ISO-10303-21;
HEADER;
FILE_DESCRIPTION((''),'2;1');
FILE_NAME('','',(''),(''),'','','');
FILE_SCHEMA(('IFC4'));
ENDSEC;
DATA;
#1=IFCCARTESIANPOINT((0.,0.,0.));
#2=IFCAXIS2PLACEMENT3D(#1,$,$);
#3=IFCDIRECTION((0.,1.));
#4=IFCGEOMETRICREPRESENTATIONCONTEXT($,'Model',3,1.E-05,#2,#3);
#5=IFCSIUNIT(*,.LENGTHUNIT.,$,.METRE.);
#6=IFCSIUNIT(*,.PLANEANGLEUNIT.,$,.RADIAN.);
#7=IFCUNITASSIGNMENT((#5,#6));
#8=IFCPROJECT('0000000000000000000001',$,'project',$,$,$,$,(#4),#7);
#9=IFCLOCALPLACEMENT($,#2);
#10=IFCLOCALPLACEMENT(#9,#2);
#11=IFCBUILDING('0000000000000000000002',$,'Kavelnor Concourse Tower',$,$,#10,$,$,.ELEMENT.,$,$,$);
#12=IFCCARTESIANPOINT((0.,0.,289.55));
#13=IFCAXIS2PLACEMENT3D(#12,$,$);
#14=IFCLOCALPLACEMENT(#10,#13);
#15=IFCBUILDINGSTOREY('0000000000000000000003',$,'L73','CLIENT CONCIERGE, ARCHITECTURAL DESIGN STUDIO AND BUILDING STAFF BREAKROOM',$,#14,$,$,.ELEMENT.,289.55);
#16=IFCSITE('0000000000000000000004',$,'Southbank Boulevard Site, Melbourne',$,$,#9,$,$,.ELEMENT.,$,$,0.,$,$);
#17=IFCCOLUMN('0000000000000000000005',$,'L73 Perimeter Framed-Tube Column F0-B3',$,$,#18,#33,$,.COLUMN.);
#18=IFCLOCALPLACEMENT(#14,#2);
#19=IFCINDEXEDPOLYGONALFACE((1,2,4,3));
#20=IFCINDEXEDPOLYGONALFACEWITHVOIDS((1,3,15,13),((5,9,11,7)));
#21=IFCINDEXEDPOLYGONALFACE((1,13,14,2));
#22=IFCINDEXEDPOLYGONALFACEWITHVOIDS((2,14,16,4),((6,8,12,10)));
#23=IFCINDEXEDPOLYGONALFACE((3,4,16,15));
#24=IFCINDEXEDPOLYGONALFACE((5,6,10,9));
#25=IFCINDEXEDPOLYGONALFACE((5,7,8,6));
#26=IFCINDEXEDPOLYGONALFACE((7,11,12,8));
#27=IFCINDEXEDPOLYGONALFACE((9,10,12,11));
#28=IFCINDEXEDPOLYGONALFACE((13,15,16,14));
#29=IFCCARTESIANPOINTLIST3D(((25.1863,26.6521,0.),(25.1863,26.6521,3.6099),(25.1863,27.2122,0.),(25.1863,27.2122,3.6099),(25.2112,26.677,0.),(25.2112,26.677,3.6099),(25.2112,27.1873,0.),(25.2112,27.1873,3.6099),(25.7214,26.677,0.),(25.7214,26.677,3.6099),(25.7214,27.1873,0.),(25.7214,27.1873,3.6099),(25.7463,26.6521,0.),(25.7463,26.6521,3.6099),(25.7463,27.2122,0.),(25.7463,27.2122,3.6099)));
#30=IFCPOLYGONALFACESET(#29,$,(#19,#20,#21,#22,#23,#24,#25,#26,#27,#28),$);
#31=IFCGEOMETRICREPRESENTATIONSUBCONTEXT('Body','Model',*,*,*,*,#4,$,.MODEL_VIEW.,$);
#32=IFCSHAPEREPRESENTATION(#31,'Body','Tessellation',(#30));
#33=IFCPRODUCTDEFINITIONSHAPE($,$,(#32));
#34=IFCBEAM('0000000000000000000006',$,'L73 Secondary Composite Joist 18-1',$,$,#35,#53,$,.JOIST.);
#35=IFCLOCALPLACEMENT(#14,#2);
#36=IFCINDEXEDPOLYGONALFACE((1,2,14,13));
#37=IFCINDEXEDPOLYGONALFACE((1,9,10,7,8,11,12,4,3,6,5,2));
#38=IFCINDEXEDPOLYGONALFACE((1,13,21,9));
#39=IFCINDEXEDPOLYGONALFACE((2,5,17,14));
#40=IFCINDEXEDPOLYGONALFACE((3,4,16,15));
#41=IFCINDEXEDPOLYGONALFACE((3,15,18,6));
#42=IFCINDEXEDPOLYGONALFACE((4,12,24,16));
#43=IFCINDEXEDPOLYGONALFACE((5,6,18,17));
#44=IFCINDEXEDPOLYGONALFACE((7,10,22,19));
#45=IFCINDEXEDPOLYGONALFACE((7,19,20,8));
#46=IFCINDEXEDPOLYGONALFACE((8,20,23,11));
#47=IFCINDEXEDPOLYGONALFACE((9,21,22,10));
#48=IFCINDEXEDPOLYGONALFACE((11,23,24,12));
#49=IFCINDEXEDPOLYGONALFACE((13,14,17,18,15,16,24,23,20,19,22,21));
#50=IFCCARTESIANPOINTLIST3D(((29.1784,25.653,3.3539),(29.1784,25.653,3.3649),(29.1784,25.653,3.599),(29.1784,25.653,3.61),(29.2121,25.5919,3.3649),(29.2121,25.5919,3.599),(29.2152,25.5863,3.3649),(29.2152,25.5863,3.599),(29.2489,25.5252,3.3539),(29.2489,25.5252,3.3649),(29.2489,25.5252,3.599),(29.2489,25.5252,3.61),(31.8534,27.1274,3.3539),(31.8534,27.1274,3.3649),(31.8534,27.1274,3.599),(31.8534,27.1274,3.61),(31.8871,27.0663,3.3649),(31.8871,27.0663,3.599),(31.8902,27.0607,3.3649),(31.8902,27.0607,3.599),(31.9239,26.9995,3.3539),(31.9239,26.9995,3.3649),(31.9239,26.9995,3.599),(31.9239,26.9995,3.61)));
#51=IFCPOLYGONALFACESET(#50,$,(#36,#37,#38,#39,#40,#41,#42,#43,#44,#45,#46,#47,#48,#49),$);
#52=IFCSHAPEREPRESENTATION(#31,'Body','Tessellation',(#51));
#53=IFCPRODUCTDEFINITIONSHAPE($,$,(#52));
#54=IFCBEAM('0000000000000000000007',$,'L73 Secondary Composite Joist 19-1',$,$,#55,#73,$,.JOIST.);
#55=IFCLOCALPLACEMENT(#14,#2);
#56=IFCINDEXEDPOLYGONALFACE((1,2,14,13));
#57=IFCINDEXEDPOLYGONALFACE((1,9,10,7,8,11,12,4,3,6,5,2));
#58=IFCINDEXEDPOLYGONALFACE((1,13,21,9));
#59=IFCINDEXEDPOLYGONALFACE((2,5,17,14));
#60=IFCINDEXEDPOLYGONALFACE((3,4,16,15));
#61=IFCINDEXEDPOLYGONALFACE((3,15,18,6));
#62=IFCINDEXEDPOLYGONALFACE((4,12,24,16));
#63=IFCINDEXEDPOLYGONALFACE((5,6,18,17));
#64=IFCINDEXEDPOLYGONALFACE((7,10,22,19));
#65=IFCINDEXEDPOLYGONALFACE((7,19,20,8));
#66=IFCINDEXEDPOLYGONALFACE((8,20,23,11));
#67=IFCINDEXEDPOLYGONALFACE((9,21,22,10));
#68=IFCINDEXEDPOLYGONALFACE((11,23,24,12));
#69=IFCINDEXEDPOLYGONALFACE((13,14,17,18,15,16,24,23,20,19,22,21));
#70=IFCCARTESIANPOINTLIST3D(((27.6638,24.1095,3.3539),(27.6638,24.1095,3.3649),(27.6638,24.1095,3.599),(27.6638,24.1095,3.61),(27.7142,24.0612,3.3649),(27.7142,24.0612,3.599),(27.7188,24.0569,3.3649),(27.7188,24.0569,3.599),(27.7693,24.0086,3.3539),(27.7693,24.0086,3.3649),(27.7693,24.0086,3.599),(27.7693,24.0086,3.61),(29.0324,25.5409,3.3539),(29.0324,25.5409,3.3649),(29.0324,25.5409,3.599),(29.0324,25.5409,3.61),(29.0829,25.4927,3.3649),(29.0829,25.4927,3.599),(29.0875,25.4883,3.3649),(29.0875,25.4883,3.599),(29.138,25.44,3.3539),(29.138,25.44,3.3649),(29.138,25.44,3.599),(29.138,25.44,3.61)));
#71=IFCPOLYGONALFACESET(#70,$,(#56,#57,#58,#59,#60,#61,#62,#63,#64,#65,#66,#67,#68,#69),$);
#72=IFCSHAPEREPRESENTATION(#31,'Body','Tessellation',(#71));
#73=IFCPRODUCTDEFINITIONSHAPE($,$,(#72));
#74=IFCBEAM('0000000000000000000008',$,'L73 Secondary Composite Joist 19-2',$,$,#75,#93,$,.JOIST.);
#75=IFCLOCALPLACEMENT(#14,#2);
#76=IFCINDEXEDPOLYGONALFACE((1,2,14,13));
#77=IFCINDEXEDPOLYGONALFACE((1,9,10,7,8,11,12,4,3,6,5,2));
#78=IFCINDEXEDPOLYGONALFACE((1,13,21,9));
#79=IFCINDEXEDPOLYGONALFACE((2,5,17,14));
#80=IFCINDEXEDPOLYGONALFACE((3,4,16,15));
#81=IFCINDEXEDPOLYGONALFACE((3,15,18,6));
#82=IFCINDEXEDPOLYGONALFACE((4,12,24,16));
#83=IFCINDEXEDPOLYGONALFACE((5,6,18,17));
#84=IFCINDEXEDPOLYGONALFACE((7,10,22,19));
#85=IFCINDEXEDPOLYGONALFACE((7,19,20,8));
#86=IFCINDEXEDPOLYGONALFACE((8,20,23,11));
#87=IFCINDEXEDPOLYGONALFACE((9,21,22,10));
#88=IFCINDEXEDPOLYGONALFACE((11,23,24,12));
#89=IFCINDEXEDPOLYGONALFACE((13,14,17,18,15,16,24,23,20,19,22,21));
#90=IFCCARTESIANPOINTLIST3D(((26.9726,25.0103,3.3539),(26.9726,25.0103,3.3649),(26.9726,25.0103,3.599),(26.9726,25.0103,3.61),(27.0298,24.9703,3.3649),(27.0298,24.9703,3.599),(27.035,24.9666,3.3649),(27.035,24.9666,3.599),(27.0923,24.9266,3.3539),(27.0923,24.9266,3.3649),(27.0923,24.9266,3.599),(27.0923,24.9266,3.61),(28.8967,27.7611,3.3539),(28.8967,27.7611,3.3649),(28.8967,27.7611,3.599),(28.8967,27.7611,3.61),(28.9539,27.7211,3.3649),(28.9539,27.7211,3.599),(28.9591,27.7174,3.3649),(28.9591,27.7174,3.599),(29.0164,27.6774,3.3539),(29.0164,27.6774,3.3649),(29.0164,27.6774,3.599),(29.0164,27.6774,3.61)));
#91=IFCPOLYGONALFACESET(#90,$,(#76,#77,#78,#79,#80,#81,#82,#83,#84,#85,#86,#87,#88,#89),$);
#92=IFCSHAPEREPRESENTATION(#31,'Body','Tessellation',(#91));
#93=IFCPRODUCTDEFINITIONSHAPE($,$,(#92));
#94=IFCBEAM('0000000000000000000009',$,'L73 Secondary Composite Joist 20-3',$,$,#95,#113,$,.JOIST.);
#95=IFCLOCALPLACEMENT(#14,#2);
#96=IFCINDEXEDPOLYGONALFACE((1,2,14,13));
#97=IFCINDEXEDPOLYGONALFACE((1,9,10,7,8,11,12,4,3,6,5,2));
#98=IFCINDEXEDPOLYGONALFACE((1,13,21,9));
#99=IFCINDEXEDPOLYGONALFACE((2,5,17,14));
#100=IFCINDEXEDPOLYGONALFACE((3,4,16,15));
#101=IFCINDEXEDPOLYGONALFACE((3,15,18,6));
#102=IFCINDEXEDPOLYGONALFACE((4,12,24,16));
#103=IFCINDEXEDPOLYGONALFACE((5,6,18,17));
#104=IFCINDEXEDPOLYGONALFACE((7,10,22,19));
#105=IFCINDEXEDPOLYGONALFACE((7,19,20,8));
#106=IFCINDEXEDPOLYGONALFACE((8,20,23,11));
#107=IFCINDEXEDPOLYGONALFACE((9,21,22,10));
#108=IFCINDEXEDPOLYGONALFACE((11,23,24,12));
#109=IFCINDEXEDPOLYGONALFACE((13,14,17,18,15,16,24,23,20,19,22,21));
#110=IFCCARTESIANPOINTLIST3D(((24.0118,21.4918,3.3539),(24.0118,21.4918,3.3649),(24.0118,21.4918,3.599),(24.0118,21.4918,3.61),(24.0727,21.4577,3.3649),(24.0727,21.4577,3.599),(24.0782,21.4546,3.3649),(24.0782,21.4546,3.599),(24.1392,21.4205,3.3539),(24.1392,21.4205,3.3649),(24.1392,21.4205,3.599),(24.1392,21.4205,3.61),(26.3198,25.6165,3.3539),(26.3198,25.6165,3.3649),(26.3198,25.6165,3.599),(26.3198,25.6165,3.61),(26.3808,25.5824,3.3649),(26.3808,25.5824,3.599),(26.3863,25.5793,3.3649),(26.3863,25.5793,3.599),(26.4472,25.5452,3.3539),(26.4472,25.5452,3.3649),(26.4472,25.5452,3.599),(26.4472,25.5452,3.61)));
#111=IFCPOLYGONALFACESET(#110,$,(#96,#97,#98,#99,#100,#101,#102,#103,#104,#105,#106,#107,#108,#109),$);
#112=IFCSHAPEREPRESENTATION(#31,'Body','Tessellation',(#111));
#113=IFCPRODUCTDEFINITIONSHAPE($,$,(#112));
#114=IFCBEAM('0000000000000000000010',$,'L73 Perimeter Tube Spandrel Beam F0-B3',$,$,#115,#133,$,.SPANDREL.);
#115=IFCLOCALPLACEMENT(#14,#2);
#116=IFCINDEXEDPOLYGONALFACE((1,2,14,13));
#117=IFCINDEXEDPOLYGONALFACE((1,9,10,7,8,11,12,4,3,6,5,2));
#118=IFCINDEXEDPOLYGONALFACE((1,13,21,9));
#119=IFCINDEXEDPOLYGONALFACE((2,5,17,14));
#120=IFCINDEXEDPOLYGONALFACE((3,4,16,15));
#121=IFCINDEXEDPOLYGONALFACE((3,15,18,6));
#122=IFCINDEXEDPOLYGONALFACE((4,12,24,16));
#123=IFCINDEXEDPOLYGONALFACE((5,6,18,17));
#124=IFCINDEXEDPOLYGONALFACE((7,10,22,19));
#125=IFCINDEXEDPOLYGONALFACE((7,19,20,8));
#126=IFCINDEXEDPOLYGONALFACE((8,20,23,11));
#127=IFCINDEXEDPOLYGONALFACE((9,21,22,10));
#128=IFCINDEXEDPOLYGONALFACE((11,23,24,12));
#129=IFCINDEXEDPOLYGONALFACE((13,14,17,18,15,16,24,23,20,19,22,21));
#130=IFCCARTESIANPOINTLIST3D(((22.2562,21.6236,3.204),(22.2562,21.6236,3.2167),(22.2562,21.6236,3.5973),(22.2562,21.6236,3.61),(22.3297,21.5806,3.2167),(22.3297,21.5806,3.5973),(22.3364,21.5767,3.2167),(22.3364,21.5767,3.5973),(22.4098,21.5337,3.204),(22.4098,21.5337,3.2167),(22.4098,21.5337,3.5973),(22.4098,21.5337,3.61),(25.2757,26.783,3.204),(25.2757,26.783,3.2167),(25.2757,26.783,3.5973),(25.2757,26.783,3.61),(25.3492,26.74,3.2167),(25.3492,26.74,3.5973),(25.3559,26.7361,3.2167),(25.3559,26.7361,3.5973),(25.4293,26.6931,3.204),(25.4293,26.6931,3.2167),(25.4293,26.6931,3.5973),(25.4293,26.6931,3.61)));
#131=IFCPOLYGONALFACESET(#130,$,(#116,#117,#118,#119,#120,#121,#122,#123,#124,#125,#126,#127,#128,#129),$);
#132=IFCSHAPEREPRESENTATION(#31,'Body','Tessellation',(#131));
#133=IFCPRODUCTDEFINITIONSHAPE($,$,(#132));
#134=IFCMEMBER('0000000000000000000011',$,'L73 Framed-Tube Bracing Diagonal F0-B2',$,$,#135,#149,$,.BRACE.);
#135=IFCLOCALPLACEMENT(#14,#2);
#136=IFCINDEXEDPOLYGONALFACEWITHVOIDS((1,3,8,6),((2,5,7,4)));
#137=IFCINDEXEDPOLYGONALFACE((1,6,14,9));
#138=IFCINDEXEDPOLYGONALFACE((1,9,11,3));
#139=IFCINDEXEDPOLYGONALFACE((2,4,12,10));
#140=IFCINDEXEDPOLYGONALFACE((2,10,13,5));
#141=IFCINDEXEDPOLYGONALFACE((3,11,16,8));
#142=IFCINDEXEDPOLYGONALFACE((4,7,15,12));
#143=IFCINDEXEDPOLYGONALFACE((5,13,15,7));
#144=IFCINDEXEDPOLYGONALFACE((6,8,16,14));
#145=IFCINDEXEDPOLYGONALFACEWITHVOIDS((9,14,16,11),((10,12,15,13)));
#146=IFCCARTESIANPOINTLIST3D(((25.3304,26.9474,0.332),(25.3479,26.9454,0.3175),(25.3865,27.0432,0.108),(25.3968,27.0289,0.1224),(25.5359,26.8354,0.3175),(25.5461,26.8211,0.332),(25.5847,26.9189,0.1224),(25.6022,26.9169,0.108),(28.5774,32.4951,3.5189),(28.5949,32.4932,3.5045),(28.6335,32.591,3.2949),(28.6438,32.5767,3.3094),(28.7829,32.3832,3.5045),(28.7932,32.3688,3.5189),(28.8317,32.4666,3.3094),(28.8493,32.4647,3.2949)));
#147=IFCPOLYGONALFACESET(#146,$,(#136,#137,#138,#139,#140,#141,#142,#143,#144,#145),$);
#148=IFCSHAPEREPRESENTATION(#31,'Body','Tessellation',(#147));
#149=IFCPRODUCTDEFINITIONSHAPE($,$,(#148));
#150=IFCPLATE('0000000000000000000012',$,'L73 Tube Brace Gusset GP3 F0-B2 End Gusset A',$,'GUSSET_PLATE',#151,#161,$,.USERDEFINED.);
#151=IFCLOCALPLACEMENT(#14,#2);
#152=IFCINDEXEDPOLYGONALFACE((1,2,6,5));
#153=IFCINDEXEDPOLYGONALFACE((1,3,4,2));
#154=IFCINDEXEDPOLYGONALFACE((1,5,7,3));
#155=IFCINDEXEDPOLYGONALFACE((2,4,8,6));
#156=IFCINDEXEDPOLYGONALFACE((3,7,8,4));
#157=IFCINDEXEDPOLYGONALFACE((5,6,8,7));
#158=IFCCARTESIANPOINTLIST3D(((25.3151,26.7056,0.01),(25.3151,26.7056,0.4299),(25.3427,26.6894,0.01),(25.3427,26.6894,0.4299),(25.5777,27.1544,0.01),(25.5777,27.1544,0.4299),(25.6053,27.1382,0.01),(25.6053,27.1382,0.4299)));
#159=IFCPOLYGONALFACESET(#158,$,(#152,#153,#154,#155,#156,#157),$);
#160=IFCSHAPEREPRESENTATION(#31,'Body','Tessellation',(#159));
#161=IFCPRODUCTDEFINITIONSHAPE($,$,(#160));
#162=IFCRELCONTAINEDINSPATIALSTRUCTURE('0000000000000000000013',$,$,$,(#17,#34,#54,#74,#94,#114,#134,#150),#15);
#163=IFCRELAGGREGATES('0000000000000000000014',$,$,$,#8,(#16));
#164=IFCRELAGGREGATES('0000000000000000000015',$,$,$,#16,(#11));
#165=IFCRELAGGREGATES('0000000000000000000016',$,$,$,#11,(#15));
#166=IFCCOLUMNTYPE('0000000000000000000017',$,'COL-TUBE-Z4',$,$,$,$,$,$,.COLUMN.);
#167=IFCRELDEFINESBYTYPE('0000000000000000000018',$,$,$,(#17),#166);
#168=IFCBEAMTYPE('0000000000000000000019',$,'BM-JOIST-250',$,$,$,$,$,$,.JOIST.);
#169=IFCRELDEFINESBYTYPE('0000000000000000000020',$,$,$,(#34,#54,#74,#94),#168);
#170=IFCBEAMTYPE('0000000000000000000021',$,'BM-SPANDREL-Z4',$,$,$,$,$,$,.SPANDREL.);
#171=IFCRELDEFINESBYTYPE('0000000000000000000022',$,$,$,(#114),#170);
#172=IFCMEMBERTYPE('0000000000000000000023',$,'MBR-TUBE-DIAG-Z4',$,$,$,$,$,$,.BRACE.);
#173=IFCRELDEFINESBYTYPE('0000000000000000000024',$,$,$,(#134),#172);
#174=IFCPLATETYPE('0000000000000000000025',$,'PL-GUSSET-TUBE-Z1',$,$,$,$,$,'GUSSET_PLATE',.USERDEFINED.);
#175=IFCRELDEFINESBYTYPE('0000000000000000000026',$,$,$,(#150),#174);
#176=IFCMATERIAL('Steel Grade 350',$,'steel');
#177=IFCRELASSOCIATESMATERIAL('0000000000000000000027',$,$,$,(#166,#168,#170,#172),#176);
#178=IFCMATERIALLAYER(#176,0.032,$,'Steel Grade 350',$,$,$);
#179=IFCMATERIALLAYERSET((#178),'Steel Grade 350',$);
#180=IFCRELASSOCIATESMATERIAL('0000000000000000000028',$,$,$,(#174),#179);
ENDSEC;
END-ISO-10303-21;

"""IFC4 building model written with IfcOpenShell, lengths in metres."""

from ifc_helpers import new_model, si_unit, direction, frame, origin, origin_2d, place, context, subcontext, project, spatial, rectangle, hollow_rectangle, i_section, extrude, material, layer, layer_set, material_profile, profile_set, type_object, element, save


model = new_model("IFC4")

# Units and contexts
model_context = context("Model", 3, precision=1e-05, world=origin(), true_north=direction((0.0, 1.0)))
body_context = subcontext(model_context, "Body", "Model", "MODEL_VIEW")
ifc_project = project(units=[si_unit("LENGTHUNIT", "METRE"), si_unit("PLANEANGLEUNIT", "RADIAN")], contexts=[model_context])

# Site, building, storey
site_placement = place(None, origin())
site = spatial("IfcSite", under=ifc_project, at=site_placement, Name="Southbank Boulevard Site, Melbourne", CompositionType="ELEMENT", RefElevation=0.0)
building_placement = place(site_placement, origin())
building = spatial("IfcBuilding", under=site, at=building_placement, Name="Kavelnor Concourse Tower", CompositionType="ELEMENT")
storey_placement = place(building_placement, frame((0.0, 0.0, 289.55)))
storey = spatial("IfcBuildingStorey", under=building, at=storey_placement, Name="L73", Description="CLIENT CONCIERGE, ARCHITECTURAL DESIGN STUDIO AND BUILDING STAFF BREAKROOM", CompositionType="ELEMENT", Elevation=289.55)

# Column
ifc_material_1 = material(Name="Steel Grade 350", Category="steel")
ifc_material_profile_1 = material_profile(ifc_material_1, hollow_rectangle(XDim=0.5601, YDim=0.5601, WallThickness=0.0249, at=origin_2d()), Name="SHS 560x560x25")
ifc_profile_set_1 = profile_set([ifc_material_profile_1], Name="Steel Grade 350")
column_type = type_object("IfcColumnType", Name="COL-TUBE-Z4", PredefinedType="COLUMN", material=ifc_profile_set_1)
column_placement = place(storey_placement, frame((25.4663, 26.9321, 0.0), z_axis=(0.0, 0.0, 1.0), x_axis=(1.0, 0.0, 0.0)))
element("IfcColumn", 1, at=column_placement, inside=storey, type_object=column_type, Name="L73 Perimeter Framed-Tube Column F0-B3", PredefinedType="COLUMN", context=body_context, shape_type="SweptSolid", body=[
    extrude(hollow_rectangle(XDim=0.5601, YDim=0.5601, WallThickness=0.0249, at=origin_2d()), origin(), (0.0, 0.0, 1.0), 3.6099),
])

# Beams
ifc_material_profile_2 = material_profile(ifc_material_1, i_section(OverallWidth=0.146, OverallDepth=0.2561, WebThickness=0.0063, FlangeThickness=0.011, at=origin_2d()), Name="250UB37")
ifc_profile_set_2 = profile_set([ifc_material_profile_2], Name="Steel Grade 350")
beam_type_1 = type_object("IfcBeamType", Name="BM-JOIST-250", PredefinedType="JOIST", material=ifc_profile_set_2)
beam_1_placement = place(storey_placement, frame((31.8887, 27.0635, 3.4819), z_axis=(-0.875789, -0.482695, 0.0), x_axis=(0.482695, -0.875789, 0.0)))
element("IfcBeam", 2, at=beam_1_placement, inside=storey, type_object=beam_type_1, Name="L73 Secondary Composite Joist 18-1", PredefinedType="JOIST", context=body_context, shape_type="SweptSolid", body=[
    extrude(i_section(OverallWidth=0.146, OverallDepth=0.2561, WebThickness=0.0063, FlangeThickness=0.011, at=origin_2d()), origin(), (0.0, 0.0, 1.0), 3.0544),
])
beam_2_placement = place(storey_placement, frame((29.0852, 25.4905, 3.4819), z_axis=(-0.691088, -0.72277, 0.0), x_axis=(0.72277, -0.691088, 0.0)))
element("IfcBeam", 3, at=beam_2_placement, inside=storey, type_object=beam_type_1, Name="L73 Secondary Composite Joist 19-1", PredefinedType="JOIST", context=body_context, shape_type="SweptSolid", body=[
    extrude(i_section(OverallWidth=0.146, OverallDepth=0.2561, WebThickness=0.0063, FlangeThickness=0.011, at=origin_2d()), origin(), (0.0, 0.0, 1.0), 1.9805),
])
beam_3_placement = place(storey_placement, frame((28.9565, 27.7192, 3.4819), z_axis=(-0.573174, -0.819433, 0.0), x_axis=(0.819433, -0.573174, 0.0)))
element("IfcBeam", 4, at=beam_3_placement, inside=storey, type_object=beam_type_1, Name="L73 Secondary Composite Joist 19-2", PredefinedType="JOIST", context=body_context, shape_type="SweptSolid", body=[
    extrude(i_section(OverallWidth=0.146, OverallDepth=0.2561, WebThickness=0.0063, FlangeThickness=0.011, at=origin_2d()), origin(), (0.0, 0.0, 1.0), 3.3569),
])
beam_4_placement = place(storey_placement, frame((26.3835, 25.5808, 3.4819), z_axis=(-0.48832, -0.872665, 0.0), x_axis=(0.872665, -0.48832, 0.0)))
element("IfcBeam", 5, at=beam_4_placement, inside=storey, type_object=beam_type_1, Name="L73 Secondary Composite Joist 20-3", PredefinedType="JOIST", context=body_context, shape_type="SweptSolid", body=[
    extrude(i_section(OverallWidth=0.146, OverallDepth=0.2561, WebThickness=0.0063, FlangeThickness=0.011, at=origin_2d()), origin(), (0.0, 0.0, 1.0), 4.7266),
])
ifc_material_profile_3 = material_profile(ifc_material_1, i_section(OverallWidth=0.178, OverallDepth=0.406, WebThickness=0.0078, FlangeThickness=0.0127, at=origin_2d()), Name="410UB59")
ifc_profile_set_3 = profile_set([ifc_material_profile_3], Name="Steel Grade 350")
beam_type_2 = type_object("IfcBeamType", Name="BM-SPANDREL-Z4", PredefinedType="SPANDREL", material=ifc_profile_set_3)
beam_5_placement = place(storey_placement, frame((25.3525, 26.738, 3.407), z_axis=(-0.505102, -0.86306, 0.0), x_axis=(0.86306, -0.505102, 0.0)))
element("IfcBeam", 6, at=beam_5_placement, inside=storey, type_object=beam_type_2, Name="L73 Perimeter Tube Spandrel Beam F0-B3", PredefinedType="SPANDREL", context=body_context, shape_type="SweptSolid", body=[
    extrude(i_section(OverallWidth=0.178, OverallDepth=0.406, WebThickness=0.0078, FlangeThickness=0.0127, at=origin_2d()), origin(), (0.0, 0.0, 1.0), 5.978),
])

# Member
ifc_material_profile_4 = material_profile(ifc_material_1, hollow_rectangle(XDim=0.25, YDim=0.25, WallThickness=0.0161, at=origin_2d()), Name="SHS 250x250x16")
ifc_profile_set_4 = profile_set([ifc_material_profile_4], Name="Steel Grade 350")
member_type = type_object("IfcMemberType", Name="MBR-TUBE-DIAG-Z4", PredefinedType="BRACE", material=ifc_profile_set_4)
member_placement = place(storey_placement, frame((25.4663, 26.9321, 0.22), z_axis=(0.45256, 0.773231, 0.444189), x_axis=(-0.863045, 0.505127, 0.0)))
element("IfcMember", 7, at=member_placement, inside=storey, type_object=member_type, Name="L73 Framed-Tube Bracing Diagonal F0-B2", PredefinedType="BRACE", context=body_context, shape_type="SweptSolid", body=[
    extrude(hollow_rectangle(XDim=0.25, YDim=0.25, WallThickness=0.0161, at=origin_2d()), origin(), (0.0, 0.0, 1.0), 7.1748),
])

# Plate
ifc_layer_1 = layer(ifc_material_1, 0.032, Name="Steel Grade 350")
ifc_layer_set_1 = layer_set([ifc_layer_1], Name="Steel Grade 350")
plate_type = type_object("IfcPlateType", Name="PL-GUSSET-TUBE-Z1", ElementType="GUSSET_PLATE", PredefinedType="USERDEFINED", material=ifc_layer_set_1)
plate_placement = place(storey_placement, frame((25.4602, 26.9219, 0.01), z_axis=(0.0, 0.0, 1.0), x_axis=(0.50513, 0.863043, 0.0)))
element("IfcPlate", 8, at=plate_placement, inside=storey, type_object=plate_type, Name="L73 Tube Brace Gusset GP3 F0-B2 End Gusset A", ObjectType="GUSSET_PLATE", PredefinedType="USERDEFINED", context=body_context, shape_type="SweptSolid", body=[
    extrude(rectangle(XDim=0.52, YDim=0.032, at=origin_2d()), origin(), (0.0, 0.0, 1.0), 0.4199),
])

save(model, "model.ifc")
